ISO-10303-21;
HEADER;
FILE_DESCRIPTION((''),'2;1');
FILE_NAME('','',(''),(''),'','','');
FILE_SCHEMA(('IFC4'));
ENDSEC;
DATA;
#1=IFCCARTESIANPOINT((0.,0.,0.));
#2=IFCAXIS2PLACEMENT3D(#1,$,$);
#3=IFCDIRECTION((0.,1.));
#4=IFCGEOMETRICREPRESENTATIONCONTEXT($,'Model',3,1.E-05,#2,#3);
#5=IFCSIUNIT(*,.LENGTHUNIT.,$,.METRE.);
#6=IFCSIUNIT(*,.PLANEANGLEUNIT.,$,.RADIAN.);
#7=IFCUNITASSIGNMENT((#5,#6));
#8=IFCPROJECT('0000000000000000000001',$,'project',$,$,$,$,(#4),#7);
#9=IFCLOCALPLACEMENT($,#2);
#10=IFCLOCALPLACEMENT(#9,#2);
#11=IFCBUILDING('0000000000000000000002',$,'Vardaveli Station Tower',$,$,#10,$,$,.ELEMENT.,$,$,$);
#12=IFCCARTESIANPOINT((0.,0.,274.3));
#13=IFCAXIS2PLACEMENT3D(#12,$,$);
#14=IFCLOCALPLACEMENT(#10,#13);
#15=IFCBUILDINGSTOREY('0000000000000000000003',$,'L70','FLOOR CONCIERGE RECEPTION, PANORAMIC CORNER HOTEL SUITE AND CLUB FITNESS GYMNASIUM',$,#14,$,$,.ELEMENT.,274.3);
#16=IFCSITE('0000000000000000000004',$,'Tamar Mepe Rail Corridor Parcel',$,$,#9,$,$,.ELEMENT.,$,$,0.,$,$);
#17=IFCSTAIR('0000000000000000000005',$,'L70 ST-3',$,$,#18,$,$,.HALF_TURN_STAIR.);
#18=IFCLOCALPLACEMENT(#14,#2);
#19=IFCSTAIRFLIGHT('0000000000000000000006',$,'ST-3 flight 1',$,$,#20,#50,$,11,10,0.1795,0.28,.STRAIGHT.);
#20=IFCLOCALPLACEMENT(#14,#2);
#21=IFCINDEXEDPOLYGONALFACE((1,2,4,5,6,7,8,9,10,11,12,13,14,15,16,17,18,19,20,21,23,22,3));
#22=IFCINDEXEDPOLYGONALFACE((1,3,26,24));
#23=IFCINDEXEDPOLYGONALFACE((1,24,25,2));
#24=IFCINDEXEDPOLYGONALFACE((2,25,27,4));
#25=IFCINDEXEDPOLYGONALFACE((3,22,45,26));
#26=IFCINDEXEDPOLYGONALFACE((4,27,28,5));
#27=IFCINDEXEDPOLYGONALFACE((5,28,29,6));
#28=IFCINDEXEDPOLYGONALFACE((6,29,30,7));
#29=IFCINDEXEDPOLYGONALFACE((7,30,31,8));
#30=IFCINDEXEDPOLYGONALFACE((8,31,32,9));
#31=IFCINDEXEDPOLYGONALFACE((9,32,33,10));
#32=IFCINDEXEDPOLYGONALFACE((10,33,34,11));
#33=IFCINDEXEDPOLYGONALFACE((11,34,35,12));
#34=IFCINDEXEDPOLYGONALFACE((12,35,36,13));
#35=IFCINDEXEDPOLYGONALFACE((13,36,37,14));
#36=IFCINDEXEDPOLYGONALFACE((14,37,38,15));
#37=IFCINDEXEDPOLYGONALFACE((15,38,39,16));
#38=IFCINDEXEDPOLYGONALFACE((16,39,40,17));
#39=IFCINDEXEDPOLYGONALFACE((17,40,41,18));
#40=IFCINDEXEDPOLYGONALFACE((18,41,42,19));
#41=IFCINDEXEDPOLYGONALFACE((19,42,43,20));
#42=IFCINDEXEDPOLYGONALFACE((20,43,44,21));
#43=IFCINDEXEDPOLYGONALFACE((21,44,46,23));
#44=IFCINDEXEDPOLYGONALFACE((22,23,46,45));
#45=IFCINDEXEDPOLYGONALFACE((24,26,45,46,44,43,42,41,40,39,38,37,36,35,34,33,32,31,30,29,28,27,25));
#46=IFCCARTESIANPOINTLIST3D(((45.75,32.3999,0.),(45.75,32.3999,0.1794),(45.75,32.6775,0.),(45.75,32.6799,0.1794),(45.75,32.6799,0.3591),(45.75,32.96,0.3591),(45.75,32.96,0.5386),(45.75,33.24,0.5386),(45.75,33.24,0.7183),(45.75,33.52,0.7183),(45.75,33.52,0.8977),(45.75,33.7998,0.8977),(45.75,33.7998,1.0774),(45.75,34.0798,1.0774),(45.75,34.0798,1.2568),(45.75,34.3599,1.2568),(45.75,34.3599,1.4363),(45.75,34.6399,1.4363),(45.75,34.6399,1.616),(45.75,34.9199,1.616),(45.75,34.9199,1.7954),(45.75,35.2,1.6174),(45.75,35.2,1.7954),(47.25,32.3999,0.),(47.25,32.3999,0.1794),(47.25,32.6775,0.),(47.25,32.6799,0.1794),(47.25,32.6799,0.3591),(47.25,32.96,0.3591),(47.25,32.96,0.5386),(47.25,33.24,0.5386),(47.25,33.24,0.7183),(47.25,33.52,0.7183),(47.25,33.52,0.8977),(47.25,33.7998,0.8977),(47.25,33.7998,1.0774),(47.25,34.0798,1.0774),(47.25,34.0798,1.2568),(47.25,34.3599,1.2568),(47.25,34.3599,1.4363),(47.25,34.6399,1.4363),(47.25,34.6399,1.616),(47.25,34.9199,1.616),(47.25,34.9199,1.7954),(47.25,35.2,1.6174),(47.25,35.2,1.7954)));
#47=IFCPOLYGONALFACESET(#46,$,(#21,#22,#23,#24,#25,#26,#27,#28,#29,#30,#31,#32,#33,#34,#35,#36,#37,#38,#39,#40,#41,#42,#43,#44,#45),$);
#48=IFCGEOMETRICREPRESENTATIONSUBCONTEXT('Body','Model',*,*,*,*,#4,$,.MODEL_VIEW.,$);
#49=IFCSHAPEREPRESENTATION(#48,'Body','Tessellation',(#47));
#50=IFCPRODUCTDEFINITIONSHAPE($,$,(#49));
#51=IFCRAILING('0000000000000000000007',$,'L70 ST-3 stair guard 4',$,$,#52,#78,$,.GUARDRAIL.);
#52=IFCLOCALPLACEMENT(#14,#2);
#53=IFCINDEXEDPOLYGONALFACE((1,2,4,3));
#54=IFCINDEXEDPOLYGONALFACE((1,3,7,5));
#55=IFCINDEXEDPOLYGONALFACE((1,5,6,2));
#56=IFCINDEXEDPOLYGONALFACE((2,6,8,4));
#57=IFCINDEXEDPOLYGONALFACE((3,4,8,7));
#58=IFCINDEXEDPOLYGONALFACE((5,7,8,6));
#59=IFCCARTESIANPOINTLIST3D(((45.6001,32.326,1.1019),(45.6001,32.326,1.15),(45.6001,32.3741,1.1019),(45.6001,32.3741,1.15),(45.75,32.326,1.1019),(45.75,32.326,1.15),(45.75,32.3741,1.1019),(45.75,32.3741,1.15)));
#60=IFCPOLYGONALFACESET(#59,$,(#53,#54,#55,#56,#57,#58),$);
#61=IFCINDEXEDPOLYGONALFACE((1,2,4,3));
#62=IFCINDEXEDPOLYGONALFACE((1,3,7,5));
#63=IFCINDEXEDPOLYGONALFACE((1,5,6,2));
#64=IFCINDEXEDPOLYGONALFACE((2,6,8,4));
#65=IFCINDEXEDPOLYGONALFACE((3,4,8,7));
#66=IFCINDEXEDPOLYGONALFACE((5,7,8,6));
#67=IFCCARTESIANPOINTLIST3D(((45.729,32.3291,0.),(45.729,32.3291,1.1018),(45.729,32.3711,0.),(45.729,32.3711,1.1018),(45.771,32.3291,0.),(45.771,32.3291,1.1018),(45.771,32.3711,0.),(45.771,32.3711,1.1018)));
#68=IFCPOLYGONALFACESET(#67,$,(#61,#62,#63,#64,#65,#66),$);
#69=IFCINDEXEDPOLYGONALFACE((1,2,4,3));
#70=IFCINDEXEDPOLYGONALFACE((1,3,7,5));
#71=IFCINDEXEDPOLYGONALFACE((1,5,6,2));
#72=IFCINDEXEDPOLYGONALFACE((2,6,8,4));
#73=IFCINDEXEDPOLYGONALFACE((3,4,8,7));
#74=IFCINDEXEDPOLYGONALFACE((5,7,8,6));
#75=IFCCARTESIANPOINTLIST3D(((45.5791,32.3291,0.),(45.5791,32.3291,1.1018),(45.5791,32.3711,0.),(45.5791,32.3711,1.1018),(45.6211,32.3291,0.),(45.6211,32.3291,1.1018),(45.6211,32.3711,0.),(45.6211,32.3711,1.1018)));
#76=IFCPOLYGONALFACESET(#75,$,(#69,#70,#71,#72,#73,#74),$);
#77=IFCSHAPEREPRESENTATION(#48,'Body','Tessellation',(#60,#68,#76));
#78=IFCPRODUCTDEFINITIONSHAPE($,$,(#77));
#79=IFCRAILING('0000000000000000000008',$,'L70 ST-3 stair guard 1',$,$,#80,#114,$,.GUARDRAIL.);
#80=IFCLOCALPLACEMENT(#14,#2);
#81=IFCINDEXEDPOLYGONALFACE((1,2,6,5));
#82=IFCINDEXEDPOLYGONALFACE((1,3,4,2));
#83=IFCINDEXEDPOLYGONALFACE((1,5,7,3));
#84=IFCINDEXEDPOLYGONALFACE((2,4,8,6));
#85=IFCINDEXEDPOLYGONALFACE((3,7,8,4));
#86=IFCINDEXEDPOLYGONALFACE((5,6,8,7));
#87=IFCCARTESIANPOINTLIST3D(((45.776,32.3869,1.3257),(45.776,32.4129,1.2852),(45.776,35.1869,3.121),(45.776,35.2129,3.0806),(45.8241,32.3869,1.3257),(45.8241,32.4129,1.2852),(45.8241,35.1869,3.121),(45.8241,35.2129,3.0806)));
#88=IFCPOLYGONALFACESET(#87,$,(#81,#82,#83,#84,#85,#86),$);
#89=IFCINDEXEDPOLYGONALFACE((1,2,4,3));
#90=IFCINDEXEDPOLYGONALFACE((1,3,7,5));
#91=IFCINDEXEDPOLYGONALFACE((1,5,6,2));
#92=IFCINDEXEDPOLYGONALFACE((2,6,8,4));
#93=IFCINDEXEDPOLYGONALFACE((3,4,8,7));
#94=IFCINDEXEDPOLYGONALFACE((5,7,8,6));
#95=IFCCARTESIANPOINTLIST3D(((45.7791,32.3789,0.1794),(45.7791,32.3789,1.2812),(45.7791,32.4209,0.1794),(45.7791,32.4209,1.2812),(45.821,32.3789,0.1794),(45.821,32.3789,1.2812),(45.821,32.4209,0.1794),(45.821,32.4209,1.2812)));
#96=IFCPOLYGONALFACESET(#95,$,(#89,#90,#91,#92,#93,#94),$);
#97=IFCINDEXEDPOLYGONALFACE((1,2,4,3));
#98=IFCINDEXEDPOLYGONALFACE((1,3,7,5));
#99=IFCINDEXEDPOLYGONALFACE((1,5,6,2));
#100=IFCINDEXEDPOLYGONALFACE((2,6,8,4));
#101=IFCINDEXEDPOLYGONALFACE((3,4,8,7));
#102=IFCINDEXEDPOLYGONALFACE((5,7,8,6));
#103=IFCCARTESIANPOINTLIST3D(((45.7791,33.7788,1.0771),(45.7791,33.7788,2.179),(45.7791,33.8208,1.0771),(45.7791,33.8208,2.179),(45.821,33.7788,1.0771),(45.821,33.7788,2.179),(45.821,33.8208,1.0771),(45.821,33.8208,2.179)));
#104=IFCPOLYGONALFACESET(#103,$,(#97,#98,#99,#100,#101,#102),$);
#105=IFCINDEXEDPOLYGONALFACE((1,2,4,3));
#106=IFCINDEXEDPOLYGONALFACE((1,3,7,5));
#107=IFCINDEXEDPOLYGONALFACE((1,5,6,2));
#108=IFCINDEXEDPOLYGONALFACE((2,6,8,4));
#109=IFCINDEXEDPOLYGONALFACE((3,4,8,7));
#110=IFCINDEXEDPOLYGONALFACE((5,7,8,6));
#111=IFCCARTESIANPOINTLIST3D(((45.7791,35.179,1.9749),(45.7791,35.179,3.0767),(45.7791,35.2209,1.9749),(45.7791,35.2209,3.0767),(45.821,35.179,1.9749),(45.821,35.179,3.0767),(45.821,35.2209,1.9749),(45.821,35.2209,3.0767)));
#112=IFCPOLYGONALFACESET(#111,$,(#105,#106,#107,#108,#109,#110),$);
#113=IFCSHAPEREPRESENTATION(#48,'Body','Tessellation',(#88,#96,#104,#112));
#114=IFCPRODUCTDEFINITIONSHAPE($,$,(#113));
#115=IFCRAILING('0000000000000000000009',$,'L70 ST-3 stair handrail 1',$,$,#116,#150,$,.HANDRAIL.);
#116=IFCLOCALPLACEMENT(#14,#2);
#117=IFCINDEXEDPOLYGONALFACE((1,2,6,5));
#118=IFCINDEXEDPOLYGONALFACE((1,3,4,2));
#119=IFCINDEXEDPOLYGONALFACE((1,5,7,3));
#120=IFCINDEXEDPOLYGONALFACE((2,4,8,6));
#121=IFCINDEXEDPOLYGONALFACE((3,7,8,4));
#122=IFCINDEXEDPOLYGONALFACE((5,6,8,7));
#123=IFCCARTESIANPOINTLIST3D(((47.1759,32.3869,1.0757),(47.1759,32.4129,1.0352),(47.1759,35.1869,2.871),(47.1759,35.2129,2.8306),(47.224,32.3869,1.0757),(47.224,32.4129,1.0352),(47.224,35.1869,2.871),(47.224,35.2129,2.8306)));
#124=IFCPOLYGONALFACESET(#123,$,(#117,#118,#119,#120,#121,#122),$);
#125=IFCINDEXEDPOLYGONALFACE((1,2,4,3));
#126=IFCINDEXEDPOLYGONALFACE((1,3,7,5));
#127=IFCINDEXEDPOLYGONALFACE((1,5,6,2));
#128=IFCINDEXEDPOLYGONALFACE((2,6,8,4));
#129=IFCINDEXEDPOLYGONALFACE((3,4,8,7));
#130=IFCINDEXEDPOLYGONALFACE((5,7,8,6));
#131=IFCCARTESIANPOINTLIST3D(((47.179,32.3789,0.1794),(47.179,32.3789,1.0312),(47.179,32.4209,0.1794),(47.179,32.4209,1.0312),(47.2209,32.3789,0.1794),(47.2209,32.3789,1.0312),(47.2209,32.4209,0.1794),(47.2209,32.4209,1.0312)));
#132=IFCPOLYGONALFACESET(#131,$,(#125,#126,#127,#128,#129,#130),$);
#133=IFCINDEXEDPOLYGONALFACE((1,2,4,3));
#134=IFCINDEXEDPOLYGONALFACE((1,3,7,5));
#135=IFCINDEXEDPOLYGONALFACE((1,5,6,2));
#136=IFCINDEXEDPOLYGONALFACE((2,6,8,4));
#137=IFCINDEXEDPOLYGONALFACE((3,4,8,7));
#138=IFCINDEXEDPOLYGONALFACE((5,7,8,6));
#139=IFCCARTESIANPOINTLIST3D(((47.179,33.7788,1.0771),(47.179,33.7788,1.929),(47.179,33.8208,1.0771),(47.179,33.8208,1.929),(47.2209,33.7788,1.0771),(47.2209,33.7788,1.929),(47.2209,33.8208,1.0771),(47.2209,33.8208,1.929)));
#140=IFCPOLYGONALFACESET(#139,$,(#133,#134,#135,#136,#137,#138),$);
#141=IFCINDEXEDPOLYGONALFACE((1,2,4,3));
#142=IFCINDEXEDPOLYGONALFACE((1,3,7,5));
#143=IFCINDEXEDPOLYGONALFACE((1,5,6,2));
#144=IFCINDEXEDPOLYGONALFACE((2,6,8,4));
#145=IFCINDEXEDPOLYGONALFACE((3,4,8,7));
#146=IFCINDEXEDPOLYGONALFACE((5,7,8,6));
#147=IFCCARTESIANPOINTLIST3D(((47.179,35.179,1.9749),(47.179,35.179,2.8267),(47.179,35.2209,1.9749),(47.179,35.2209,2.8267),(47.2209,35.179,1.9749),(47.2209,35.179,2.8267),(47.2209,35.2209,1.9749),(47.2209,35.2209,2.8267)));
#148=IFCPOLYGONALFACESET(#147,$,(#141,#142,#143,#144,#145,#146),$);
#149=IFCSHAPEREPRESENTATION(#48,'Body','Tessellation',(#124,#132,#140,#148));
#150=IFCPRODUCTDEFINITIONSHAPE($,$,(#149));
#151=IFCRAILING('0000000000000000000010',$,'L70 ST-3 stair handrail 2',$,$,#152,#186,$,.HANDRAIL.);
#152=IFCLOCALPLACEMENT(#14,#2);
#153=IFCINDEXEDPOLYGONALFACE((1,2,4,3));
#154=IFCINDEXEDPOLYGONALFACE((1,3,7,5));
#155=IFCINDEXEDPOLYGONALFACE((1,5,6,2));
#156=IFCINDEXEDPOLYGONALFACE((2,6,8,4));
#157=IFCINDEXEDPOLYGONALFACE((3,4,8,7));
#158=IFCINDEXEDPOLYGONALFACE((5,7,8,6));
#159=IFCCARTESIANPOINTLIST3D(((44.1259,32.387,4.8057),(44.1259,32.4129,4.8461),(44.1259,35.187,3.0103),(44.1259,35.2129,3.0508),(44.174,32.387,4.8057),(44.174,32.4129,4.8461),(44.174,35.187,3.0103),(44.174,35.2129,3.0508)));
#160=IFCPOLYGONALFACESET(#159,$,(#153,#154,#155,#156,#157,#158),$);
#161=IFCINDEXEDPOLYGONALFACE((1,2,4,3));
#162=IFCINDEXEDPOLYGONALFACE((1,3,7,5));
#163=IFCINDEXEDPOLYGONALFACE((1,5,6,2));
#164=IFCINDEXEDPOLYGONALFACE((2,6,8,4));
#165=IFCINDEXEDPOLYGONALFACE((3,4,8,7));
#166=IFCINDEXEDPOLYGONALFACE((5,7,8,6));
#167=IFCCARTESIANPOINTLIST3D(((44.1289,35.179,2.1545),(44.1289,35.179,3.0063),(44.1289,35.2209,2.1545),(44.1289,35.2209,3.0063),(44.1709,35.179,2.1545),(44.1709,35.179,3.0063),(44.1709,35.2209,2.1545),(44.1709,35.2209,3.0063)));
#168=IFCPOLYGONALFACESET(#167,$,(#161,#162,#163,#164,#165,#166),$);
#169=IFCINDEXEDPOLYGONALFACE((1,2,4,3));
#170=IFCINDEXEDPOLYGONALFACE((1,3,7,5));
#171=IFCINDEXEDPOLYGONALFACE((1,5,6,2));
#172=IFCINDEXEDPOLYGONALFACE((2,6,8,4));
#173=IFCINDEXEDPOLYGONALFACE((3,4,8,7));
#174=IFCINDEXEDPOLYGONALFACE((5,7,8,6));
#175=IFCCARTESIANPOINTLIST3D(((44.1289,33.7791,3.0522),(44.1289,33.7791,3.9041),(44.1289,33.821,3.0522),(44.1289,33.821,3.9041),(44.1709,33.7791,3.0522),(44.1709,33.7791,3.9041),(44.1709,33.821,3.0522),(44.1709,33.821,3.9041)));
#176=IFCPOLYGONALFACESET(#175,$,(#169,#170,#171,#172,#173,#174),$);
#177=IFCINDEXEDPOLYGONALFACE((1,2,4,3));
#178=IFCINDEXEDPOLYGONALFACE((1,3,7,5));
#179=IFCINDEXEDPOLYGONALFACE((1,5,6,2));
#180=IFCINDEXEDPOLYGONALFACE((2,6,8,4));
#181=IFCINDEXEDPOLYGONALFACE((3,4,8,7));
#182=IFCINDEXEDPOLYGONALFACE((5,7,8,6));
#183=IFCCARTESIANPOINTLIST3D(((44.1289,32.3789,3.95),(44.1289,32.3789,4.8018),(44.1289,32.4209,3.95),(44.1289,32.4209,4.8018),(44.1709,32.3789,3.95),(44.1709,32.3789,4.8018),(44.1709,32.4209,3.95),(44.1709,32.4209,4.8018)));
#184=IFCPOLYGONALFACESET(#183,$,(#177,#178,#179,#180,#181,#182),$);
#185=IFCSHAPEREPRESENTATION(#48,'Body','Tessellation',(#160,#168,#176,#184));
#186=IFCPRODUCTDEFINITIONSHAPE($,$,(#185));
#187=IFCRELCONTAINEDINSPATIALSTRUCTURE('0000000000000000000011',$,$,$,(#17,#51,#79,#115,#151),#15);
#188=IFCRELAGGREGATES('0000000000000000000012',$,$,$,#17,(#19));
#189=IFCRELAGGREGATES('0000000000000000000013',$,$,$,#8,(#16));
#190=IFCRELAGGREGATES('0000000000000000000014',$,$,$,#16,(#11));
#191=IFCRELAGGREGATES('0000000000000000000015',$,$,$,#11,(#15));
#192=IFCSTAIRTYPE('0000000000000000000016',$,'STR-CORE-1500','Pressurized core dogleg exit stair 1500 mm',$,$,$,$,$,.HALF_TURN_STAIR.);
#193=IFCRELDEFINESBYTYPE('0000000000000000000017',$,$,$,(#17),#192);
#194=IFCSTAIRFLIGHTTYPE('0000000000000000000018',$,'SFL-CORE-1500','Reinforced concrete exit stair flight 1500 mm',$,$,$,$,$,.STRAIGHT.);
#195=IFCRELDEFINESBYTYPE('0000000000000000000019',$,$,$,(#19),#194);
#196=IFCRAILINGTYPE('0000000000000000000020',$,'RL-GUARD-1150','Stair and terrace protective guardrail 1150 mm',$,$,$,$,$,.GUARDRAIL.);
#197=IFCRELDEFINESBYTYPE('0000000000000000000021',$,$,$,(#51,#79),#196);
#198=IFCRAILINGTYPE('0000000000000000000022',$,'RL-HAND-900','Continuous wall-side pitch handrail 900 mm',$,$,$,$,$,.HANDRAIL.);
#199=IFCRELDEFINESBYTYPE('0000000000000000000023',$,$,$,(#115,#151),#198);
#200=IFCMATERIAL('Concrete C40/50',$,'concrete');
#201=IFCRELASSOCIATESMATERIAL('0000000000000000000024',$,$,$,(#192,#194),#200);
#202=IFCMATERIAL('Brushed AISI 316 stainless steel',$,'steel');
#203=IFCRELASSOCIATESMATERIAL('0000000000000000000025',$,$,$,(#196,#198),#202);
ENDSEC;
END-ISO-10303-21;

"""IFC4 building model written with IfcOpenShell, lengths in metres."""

from ifc_helpers import new_model, si_unit, direction, frame, origin, origin_2d, place, context, subcontext, project, spatial, polyline, rectangle, outline, extrude, source, transform, mapped, material, type_object, element, aggregate, save


model = new_model("IFC4")

# Units and contexts
model_context = context("Model", 3, precision=1e-05, world=origin(), true_north=direction((0.0, 1.0)))
body_context = subcontext(model_context, "Body", "Model", "MODEL_VIEW")
ifc_project = project(units=[si_unit("LENGTHUNIT", "METRE"), si_unit("PLANEANGLEUNIT", "RADIAN")], contexts=[model_context])

# Site, building, storey
site_placement = place(None, origin())
site = spatial("IfcSite", under=ifc_project, at=site_placement, Name="Tamar Mepe Rail Corridor Parcel", CompositionType="ELEMENT", RefElevation=0.0)
building_placement = place(site_placement, origin())
building = spatial("IfcBuilding", under=site, at=building_placement, Name="Vardaveli Station Tower", CompositionType="ELEMENT")
storey_placement = place(building_placement, frame((0.0, 0.0, 274.3)))
storey = spatial("IfcBuildingStorey", under=building, at=storey_placement, Name="L70", Description="FLOOR CONCIERGE RECEPTION, PANORAMIC CORNER HOTEL SUITE AND CLUB FITNESS GYMNASIUM", CompositionType="ELEMENT", Elevation=274.3)

# Shared definitions
ifc_material_1 = material(Name="Concrete C40/50", Category="concrete")

# Stair, stair flight
stair_type = type_object("IfcStairType", Name="STR-CORE-1500", Description="Pressurized core dogleg exit stair 1500 mm", PredefinedType="HALF_TURN_STAIR", material=ifc_material_1)
stair_placement = place(storey_placement, origin())
stair = element("IfcStair", 1, at=stair_placement, inside=storey, type_object=stair_type, Name="L70 ST-3", PredefinedType="HALF_TURN_STAIR")
stair_flight_type = type_object("IfcStairFlightType", Name="SFL-CORE-1500", Description="Reinforced concrete exit stair flight 1500 mm", PredefinedType="STRAIGHT", material=ifc_material_1)
shared_shape_1 = source(origin(), body_context, "Body", "SweptSolid", [
    extrude(outline(polyline([(0.0, 0.0), (0.0, 0.1794), (0.28, 0.1794), (0.28, 0.3591), (0.5601, 0.3591), (0.5601, 0.5386), (0.8401, 0.5386), (0.8401, 0.7183), (1.1201, 0.7183), (1.1201, 0.8977), (1.3999, 0.8977), (1.3999, 1.0774), (1.6799, 1.0774), (1.6799, 1.2568), (1.96, 1.2568), (1.96, 1.4363), (2.24, 1.4363), (2.24, 1.616), (2.52, 1.616), (2.52, 1.7954), (2.8, 1.7954), (2.8, 1.9751), (2.8, 1.6174), (0.2776, 0.0), (0.0, 0.0)])), frame((0.0, 0.75, 0.0), z_axis=(0.0, -1.0, 0.0), x_axis=(1.0, 0.0, 0.0)), (0.0, 0.0, 1.0), 1.5),
])
stair_flight_placement = place(storey_placement, frame((46.5, 32.3999, 0.0), z_axis=(0.0, 0.0, 1.0), x_axis=(0.0, 1.0, 0.0)))
stair_flight = element("IfcStairFlight", 2, at=stair_flight_placement, type_object=stair_flight_type, Name="ST-3 flight 1", NumberOfRisers=11, NumberOfTreads=10, PredefinedType="STRAIGHT", RiserHeight=0.1795, TreadLength=0.28, context=body_context, shape_type="MappedRepresentation", body=[
    mapped(shared_shape_1, transform((0.0, 0.0, 0.0), scale=1.0)),
])
aggregate(stair, [stair_flight])

# Railings
ifc_material_2 = material(Name="Brushed AISI 316 stainless steel", Category="steel")
railing_type_1 = type_object("IfcRailingType", Name="RL-GUARD-1150", Description="Stair and terrace protective guardrail 1150 mm", PredefinedType="GUARDRAIL", material=ifc_material_2)
shared_shape_2 = source(origin(), body_context, "Body", "SweptSolid", [
    extrude(rectangle(XDim=0.0481, YDim=0.0481, at=origin_2d()), frame((0.0, 0.0, 1.126), z_axis=(-1.0, 0.0, 0.0), x_axis=(0.0, -1.0, 0.0)), (0.0, 0.0, 1.0), 0.1499),
    extrude(rectangle(XDim=0.042, YDim=0.042, at=origin_2d()), origin(), (0.0, 0.0, 1.0), 1.1018),
    extrude(rectangle(XDim=0.042, YDim=0.042, at=origin_2d()), frame((-0.1499, 0.0, 0.0)), (0.0, 0.0, 1.0), 1.1018),
])
railing_1_placement = place(storey_placement, frame((45.75, 32.3501, 0.0)))
element("IfcRailing", 3, at=railing_1_placement, inside=storey, type_object=railing_type_1, Name="L70 ST-3 stair guard 4", PredefinedType="GUARDRAIL", context=body_context, shape_type="MappedRepresentation", body=[
    mapped(shared_shape_2, transform((0.0, 0.0, 0.0), scale=1.0)),
])
shared_shape_3 = source(origin(), body_context, "Body", "SweptSolid", [
    extrude(rectangle(XDim=0.0481, YDim=0.0481, at=origin_2d()), frame((0.0, 0.0, 1.126), z_axis=(0.0, 0.84181, 0.539774), x_axis=(-1.0, 0.0, 0.0)), (0.0, 0.0, 1.0), 3.3262),
    extrude(rectangle(XDim=0.042, YDim=0.042, at=origin_2d()), origin(), (0.0, 0.0, 1.0), 1.1018),
    extrude(rectangle(XDim=0.042, YDim=0.042, at=origin_2d()), frame((0.0, 1.3999, 0.8977)), (0.0, 0.0, 1.0), 1.1018),
    extrude(rectangle(XDim=0.042, YDim=0.042, at=origin_2d()), frame((0.0, 2.8, 1.7954)), (0.0, 0.0, 1.0), 1.1018),
])
railing_2_placement = place(storey_placement, frame((45.8, 32.3999, 0.1794)))
element("IfcRailing", 4, at=railing_2_placement, inside=storey, type_object=railing_type_1, Name="L70 ST-3 stair guard 1", PredefinedType="GUARDRAIL", context=body_context, shape_type="MappedRepresentation", body=[
    mapped(shared_shape_3, transform((0.0, 0.0, 0.0), scale=1.0)),
])
railing_type_2 = type_object("IfcRailingType", Name="RL-HAND-900", Description="Continuous wall-side pitch handrail 900 mm", PredefinedType="HANDRAIL", material=ifc_material_2)
shared_shape_4 = source(origin(), body_context, "Body", "SweptSolid", [
    extrude(rectangle(XDim=0.0481, YDim=0.0481, at=origin_2d()), frame((0.0, 0.0, 0.876), z_axis=(0.0, 0.84181, 0.539774), x_axis=(-1.0, 0.0, 0.0)), (0.0, 0.0, 1.0), 3.3262),
    extrude(rectangle(XDim=0.042, YDim=0.042, at=origin_2d()), origin(), (0.0, 0.0, 1.0), 0.8518),
    extrude(rectangle(XDim=0.042, YDim=0.042, at=origin_2d()), frame((0.0, 1.3999, 0.8977)), (0.0, 0.0, 1.0), 0.8518),
    extrude(rectangle(XDim=0.042, YDim=0.042, at=origin_2d()), frame((0.0, 2.8, 1.7954)), (0.0, 0.0, 1.0), 0.8518),
])
railing_3_placement = place(storey_placement, frame((47.2, 32.3999, 0.1794)))
element("IfcRailing", 5, at=railing_3_placement, inside=storey, type_object=railing_type_2, Name="L70 ST-3 stair handrail 1", PredefinedType="HANDRAIL", context=body_context, shape_type="MappedRepresentation", body=[
    mapped(shared_shape_4, transform((0.0, 0.0, 0.0), scale=1.0)),
])
shared_shape_5 = source(origin(), body_context, "Body", "SweptSolid", [
    extrude(rectangle(XDim=0.0481, YDim=0.0481, at=origin_2d()), frame((0.0, 0.0, 0.876), z_axis=(0.0, -0.84181, 0.539774), x_axis=(1.0, 0.0, 0.0)), (0.0, 0.0, 1.0), 3.3262),
    extrude(rectangle(XDim=0.042, YDim=0.042, at=origin_2d()), origin(), (0.0, 0.0, 1.0), 0.8518),
    extrude(rectangle(XDim=0.042, YDim=0.042, at=origin_2d()), frame((0.0, -1.3999, 0.8977)), (0.0, 0.0, 1.0), 0.8518),
    extrude(rectangle(XDim=0.042, YDim=0.042, at=origin_2d()), frame((0.0, -2.8, 1.7954)), (0.0, 0.0, 1.0), 0.8518),
])
railing_4_placement = place(storey_placement, frame((44.1499, 35.2, 2.1545)))
element("IfcRailing", 6, at=railing_4_placement, inside=storey, type_object=railing_type_2, Name="L70 ST-3 stair handrail 2", PredefinedType="HANDRAIL", context=body_context, shape_type="MappedRepresentation", body=[
    mapped(shared_shape_5, transform((0.0, 0.0, 0.0), scale=1.0)),
])

save(model, "model.ifc")
